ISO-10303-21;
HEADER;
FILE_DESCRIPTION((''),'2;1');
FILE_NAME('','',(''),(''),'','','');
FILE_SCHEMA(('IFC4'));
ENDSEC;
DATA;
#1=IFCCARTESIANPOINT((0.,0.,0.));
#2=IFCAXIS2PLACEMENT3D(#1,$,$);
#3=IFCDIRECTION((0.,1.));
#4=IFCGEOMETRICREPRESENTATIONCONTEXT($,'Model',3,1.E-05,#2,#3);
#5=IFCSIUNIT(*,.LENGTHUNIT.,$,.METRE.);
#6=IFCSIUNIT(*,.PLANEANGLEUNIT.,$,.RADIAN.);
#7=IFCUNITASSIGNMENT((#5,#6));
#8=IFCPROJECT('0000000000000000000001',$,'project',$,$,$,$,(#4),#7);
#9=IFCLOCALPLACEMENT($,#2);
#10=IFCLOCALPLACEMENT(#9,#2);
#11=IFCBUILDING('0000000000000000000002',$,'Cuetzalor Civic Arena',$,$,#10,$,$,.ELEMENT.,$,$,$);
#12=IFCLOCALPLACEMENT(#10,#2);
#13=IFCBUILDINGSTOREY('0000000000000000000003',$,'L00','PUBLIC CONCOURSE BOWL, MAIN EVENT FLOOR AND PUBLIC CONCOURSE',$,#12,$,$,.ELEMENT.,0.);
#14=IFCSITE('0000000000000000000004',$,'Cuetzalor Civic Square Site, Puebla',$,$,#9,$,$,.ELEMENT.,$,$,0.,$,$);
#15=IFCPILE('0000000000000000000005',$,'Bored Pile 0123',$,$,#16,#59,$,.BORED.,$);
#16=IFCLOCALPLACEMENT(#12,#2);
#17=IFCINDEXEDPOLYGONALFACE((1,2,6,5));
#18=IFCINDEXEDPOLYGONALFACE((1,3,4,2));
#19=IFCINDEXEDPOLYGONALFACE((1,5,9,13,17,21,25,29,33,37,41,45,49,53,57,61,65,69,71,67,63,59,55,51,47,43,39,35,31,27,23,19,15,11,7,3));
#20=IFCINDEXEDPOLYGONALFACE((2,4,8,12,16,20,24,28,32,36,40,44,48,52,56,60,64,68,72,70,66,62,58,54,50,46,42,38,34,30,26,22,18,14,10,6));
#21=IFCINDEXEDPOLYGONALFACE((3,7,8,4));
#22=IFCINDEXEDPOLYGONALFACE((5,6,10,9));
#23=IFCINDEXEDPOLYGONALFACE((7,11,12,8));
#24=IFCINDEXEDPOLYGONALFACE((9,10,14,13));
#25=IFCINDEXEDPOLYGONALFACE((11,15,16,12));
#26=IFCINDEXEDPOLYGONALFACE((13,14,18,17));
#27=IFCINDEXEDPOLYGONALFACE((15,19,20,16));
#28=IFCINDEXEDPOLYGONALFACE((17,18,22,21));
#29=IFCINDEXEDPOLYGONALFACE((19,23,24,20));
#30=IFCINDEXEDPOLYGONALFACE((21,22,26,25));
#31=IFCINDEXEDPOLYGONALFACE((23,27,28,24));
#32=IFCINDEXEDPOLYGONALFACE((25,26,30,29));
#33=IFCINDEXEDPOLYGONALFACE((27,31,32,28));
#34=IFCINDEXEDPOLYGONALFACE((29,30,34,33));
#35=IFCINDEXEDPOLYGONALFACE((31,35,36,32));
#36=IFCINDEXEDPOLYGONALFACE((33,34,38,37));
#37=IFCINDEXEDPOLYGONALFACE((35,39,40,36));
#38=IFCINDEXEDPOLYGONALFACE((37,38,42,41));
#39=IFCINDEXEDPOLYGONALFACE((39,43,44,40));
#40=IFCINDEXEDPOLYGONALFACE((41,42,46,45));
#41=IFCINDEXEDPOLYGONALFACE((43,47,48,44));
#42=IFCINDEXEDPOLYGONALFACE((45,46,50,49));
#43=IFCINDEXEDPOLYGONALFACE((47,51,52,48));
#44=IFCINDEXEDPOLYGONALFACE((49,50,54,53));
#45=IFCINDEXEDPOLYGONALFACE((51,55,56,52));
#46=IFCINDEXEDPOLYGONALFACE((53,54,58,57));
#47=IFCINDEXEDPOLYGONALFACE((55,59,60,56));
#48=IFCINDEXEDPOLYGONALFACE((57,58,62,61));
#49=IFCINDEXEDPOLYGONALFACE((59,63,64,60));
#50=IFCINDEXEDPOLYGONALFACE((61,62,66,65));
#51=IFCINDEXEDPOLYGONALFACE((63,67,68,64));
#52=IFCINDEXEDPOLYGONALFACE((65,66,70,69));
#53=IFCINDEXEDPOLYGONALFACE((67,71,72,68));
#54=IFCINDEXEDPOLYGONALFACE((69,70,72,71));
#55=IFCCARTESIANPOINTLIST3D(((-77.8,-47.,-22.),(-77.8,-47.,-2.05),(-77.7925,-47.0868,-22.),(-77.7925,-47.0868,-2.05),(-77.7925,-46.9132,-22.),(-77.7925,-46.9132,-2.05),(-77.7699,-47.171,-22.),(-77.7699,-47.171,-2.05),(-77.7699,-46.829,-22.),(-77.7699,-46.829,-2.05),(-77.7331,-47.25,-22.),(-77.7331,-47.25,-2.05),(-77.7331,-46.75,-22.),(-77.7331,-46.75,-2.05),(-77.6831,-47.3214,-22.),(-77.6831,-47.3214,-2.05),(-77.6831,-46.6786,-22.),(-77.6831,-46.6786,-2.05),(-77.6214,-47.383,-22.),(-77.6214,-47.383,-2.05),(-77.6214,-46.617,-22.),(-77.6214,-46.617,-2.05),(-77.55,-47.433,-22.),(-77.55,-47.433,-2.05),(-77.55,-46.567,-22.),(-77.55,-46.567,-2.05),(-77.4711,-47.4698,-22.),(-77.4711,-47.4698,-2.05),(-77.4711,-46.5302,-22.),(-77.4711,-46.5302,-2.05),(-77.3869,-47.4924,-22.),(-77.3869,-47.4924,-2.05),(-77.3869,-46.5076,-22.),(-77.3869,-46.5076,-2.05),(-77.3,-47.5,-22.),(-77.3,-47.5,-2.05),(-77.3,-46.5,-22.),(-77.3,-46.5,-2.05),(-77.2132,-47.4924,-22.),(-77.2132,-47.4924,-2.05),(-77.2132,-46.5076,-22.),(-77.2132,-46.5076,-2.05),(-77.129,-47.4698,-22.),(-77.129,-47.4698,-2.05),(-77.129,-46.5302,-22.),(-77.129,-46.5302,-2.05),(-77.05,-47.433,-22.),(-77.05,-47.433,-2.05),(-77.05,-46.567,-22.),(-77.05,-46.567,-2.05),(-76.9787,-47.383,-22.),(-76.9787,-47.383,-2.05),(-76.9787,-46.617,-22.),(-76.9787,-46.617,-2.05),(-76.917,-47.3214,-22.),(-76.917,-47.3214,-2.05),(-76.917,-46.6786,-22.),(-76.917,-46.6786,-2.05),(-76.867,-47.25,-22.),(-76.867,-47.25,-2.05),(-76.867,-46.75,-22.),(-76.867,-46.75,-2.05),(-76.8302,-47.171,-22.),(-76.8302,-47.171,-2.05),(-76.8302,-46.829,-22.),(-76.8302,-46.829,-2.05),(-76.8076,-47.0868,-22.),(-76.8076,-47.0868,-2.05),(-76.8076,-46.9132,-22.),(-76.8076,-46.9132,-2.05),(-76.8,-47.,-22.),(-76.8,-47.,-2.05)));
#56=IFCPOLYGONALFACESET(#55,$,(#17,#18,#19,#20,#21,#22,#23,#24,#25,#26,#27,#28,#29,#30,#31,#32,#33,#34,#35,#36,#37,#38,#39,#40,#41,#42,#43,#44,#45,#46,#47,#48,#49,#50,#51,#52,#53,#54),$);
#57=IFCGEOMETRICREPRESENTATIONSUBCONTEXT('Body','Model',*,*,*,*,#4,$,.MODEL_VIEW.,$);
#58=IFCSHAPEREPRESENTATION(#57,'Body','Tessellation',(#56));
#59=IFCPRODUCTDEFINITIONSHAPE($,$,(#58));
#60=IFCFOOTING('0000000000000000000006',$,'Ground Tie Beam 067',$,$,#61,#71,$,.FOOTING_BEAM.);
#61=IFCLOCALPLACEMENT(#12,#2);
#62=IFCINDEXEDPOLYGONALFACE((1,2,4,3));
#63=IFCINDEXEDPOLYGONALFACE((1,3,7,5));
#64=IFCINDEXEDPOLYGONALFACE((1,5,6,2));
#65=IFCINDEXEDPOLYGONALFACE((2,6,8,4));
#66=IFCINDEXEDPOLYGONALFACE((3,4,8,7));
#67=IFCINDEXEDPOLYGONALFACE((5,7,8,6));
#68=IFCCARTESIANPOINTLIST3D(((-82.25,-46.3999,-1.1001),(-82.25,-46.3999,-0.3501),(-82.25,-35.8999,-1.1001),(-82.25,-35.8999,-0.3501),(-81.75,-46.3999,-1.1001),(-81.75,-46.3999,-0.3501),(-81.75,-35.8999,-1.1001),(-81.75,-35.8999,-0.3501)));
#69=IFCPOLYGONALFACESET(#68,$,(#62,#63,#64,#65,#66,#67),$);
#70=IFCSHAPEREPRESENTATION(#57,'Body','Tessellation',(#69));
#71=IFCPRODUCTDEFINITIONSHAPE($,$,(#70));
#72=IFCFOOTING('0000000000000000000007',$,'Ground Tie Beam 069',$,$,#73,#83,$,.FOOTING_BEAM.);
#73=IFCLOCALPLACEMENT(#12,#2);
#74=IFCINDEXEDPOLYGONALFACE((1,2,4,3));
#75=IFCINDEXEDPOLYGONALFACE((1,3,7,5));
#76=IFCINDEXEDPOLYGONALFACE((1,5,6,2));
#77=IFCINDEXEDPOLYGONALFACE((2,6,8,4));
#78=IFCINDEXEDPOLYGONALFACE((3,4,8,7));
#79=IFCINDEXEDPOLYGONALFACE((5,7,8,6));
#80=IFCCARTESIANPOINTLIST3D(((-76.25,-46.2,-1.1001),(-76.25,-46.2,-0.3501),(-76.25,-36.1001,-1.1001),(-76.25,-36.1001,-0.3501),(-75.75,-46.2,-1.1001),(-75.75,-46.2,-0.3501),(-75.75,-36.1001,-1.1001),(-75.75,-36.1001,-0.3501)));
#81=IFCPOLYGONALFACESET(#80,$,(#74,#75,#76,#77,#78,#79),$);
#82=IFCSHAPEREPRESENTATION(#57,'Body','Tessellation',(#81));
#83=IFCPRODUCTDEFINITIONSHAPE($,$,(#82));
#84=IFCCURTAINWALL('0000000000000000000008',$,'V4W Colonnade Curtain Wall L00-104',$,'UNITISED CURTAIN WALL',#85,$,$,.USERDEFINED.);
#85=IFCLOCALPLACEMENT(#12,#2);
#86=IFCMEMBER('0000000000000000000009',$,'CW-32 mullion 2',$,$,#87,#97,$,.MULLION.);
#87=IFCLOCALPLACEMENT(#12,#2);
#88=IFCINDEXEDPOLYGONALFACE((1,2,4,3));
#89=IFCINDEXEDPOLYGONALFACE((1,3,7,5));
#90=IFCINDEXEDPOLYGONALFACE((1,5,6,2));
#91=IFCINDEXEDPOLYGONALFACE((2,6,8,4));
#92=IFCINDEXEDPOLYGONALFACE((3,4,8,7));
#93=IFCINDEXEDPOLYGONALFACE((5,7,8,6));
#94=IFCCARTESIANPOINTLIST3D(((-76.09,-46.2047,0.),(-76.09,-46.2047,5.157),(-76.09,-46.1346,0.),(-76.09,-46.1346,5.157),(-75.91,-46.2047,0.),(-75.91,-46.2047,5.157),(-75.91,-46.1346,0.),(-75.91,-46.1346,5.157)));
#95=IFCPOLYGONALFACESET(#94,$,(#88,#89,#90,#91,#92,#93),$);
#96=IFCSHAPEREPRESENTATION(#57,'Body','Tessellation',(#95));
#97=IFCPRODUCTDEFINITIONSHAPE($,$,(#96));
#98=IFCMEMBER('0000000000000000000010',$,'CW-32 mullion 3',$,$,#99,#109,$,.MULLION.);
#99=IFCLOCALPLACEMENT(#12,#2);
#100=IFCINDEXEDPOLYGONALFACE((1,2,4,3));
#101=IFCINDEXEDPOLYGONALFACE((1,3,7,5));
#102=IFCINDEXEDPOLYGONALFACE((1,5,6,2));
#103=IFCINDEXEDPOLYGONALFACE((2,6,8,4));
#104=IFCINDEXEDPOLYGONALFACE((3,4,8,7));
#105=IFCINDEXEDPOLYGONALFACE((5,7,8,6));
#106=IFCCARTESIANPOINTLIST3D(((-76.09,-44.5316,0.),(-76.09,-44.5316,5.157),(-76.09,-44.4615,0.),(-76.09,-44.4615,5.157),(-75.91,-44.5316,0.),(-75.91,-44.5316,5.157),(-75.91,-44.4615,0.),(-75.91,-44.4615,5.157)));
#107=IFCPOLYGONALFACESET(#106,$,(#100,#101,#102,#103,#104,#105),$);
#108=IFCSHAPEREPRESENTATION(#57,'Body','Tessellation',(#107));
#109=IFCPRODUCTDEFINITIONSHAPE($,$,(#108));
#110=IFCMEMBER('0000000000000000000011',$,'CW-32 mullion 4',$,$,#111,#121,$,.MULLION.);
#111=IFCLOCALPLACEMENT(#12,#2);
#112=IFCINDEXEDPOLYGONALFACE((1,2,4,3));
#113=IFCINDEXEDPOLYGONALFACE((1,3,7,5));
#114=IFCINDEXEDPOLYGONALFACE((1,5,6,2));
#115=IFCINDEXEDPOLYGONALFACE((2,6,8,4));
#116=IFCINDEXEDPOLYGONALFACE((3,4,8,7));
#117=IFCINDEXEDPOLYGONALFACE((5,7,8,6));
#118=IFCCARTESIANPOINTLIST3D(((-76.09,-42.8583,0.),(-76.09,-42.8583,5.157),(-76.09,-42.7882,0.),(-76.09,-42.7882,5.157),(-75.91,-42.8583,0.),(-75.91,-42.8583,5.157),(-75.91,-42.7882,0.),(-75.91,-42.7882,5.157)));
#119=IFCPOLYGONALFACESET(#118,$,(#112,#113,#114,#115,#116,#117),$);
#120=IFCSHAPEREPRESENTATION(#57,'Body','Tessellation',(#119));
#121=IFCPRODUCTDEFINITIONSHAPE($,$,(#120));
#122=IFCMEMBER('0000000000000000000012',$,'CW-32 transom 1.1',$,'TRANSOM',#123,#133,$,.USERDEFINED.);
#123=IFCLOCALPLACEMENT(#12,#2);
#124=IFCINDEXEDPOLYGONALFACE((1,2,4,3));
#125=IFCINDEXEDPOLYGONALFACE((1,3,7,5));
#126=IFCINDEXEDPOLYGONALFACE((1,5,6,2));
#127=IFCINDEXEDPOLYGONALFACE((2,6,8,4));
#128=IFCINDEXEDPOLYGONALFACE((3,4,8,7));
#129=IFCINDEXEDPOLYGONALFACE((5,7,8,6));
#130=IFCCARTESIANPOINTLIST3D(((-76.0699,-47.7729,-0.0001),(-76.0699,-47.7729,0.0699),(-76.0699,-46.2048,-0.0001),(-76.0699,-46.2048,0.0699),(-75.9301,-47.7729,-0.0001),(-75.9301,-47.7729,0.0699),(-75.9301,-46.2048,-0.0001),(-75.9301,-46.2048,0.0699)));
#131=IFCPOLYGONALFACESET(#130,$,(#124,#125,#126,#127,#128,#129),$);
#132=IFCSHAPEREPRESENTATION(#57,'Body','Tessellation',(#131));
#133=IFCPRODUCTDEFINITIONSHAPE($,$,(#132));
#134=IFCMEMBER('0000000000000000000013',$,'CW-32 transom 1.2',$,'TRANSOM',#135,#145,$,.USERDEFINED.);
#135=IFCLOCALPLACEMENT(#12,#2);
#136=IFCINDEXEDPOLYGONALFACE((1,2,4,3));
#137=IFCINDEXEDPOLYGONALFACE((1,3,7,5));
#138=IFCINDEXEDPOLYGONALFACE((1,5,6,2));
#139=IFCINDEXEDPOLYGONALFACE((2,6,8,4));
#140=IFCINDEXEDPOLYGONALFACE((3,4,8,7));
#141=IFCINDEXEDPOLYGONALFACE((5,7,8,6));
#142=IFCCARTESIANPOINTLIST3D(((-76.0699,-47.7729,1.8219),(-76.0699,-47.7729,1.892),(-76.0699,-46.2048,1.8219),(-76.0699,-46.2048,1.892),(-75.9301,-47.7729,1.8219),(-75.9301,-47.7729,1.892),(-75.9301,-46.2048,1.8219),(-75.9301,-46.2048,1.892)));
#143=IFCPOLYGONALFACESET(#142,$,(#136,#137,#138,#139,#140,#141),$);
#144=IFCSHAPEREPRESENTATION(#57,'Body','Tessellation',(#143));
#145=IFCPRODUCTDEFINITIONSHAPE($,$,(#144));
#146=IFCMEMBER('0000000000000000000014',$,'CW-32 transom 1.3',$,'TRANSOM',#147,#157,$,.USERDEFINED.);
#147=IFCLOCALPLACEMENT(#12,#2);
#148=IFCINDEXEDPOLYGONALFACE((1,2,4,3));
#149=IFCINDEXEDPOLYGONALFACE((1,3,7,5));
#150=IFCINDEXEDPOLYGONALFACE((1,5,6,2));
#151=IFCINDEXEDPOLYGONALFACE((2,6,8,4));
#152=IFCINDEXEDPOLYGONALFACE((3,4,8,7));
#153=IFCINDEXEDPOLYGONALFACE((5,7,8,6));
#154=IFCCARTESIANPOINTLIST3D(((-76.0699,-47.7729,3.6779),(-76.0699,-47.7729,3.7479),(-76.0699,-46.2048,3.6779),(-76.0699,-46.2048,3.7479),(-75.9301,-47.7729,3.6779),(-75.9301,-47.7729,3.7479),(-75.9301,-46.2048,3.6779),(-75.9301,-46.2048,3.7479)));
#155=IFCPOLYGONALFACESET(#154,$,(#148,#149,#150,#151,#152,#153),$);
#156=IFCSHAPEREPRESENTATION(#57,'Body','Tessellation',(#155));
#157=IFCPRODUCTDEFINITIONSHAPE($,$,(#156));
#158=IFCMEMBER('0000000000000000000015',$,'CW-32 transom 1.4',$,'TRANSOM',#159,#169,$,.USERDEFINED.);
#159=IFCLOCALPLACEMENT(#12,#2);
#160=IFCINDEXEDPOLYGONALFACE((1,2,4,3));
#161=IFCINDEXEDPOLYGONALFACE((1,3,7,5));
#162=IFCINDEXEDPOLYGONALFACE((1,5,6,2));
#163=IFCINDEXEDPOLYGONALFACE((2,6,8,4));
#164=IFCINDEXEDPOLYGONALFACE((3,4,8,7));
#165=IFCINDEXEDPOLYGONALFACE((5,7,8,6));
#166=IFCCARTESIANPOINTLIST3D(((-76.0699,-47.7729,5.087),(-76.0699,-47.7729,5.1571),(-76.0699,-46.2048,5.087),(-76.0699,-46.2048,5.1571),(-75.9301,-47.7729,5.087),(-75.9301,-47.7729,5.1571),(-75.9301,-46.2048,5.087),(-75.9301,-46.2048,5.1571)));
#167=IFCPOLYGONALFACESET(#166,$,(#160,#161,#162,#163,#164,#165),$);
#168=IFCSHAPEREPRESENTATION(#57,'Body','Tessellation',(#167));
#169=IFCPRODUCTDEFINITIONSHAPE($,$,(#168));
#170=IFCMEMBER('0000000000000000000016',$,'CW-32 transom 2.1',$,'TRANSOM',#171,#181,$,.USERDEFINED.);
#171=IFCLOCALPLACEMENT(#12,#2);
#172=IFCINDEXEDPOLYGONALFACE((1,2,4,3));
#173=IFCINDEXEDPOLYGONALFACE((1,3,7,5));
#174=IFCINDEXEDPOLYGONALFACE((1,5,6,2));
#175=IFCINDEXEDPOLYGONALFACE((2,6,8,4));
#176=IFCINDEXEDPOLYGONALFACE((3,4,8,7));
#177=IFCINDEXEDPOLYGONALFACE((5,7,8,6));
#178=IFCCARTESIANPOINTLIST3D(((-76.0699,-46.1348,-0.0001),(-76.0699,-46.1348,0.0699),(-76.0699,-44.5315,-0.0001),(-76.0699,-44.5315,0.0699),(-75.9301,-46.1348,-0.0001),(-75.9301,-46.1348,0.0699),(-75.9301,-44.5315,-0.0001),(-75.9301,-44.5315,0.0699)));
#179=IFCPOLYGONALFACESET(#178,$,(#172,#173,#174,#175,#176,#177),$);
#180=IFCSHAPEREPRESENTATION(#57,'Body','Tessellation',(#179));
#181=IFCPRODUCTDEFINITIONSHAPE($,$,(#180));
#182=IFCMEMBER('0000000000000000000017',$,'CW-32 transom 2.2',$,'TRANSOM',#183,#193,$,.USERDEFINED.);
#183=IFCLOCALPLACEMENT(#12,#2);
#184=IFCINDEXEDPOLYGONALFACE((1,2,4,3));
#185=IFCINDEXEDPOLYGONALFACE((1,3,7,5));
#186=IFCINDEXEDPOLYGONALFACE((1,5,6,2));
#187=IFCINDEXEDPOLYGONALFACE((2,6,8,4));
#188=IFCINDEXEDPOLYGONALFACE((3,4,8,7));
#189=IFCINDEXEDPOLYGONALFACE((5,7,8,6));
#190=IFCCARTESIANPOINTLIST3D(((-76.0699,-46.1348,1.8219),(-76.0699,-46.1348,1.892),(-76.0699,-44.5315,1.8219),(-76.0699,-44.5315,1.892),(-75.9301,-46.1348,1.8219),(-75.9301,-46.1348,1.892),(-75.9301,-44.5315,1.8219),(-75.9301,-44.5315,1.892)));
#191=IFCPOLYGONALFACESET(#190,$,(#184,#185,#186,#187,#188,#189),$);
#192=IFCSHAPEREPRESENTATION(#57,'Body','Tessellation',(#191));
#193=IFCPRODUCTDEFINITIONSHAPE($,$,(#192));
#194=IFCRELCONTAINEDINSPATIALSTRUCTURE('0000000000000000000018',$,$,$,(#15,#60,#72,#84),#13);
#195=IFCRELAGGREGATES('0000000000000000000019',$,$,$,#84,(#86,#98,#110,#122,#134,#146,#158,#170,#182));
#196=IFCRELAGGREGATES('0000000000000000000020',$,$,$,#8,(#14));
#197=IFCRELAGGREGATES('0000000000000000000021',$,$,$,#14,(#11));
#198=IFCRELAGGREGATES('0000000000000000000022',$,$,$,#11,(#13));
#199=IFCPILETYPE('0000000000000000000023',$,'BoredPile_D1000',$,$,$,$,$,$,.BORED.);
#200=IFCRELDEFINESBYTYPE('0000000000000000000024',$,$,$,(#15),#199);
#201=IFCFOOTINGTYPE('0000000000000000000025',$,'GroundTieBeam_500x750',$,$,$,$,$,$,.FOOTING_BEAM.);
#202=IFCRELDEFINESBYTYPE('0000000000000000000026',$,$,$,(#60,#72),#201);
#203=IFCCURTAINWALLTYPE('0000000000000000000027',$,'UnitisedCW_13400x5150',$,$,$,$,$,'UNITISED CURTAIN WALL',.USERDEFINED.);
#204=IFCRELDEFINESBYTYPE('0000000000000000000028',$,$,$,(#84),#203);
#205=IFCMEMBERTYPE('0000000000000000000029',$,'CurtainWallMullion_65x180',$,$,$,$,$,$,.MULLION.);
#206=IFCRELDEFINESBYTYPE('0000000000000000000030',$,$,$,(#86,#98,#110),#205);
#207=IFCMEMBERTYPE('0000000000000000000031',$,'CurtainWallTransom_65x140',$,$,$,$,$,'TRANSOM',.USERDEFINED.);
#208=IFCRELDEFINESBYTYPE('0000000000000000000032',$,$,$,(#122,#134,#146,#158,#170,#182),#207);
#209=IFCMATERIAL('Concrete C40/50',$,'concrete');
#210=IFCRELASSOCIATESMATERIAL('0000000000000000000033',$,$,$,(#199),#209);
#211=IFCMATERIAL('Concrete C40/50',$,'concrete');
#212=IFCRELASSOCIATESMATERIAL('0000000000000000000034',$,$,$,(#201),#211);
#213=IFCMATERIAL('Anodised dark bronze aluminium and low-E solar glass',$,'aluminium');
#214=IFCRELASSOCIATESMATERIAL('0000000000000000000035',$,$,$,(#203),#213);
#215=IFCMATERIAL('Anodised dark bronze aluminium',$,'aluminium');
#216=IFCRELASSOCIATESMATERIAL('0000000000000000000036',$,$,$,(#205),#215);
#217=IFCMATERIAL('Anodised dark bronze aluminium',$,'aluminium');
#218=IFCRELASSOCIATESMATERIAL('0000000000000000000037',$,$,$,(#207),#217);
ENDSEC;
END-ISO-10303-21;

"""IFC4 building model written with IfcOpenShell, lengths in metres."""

from ifc_helpers import new_model, si_unit, direction, frame, origin, origin_2d, place, context, subcontext, project, spatial, rectangle, circle, extrude, material, material_profile, profile_set, type_object, element, aggregate, save


model = new_model("IFC4")

# Units and contexts
model_context = context("Model", 3, precision=1e-05, world=origin(), true_north=direction((0.0, 1.0)))
body_context = subcontext(model_context, "Body", "Model", "MODEL_VIEW")
ifc_project = project(units=[si_unit("LENGTHUNIT", "METRE"), si_unit("PLANEANGLEUNIT", "RADIAN")], contexts=[model_context])

# Site, building, storey
site_placement = place(None, origin())
site = spatial("IfcSite", under=ifc_project, at=site_placement, Name="Cuetzalor Civic Square Site, Puebla", CompositionType="ELEMENT", RefElevation=0.0)
building_placement = place(site_placement, origin())
building = spatial("IfcBuilding", under=site, at=building_placement, Name="Cuetzalor Civic Arena", CompositionType="ELEMENT")
storey_placement = place(building_placement, origin())
storey = spatial("IfcBuildingStorey", under=building, at=storey_placement, Name="L00", Description="PUBLIC CONCOURSE BOWL, MAIN EVENT FLOOR AND PUBLIC CONCOURSE", CompositionType="ELEMENT", Elevation=0.0)

# Pile
ifc_material_1 = material(Name="Concrete C40/50", Category="concrete")
ifc_material_profile_1 = material_profile(ifc_material_1, circle(Radius=0.5, at=origin_2d()), Name="BORED PILE D1000")
ifc_profile_set_1 = profile_set([ifc_material_profile_1], Name="Concrete C40/50")
pile_type = type_object("IfcPileType", Name="BoredPile_D1000", PredefinedType="BORED", material=ifc_profile_set_1)
pile_placement = place(storey_placement, frame((-77.3, -47.0, -2.05), z_axis=(0.0, 0.0, -1.0), x_axis=(1.0, 0.0, 0.0)))
element("IfcPile", 1, at=pile_placement, inside=storey, type_object=pile_type, Name="Bored Pile 0123", PredefinedType="BORED", context=body_context, shape_type="SweptSolid", body=[
    extrude(circle(Radius=0.5, at=origin_2d()), origin(), (0.0, 0.0, 1.0), 19.95),
])

# Footings
ifc_material_2 = material(Name="Concrete C40/50", Category="concrete")
ifc_material_profile_2 = material_profile(ifc_material_2, rectangle(XDim=0.5, YDim=0.75, at=origin_2d()), Name="RC 500x750")
ifc_profile_set_2 = profile_set([ifc_material_profile_2], Name="Concrete C40/50")
footing_type = type_object("IfcFootingType", Name="GroundTieBeam_500x750", PredefinedType="FOOTING_BEAM", material=ifc_profile_set_2)
footing_1_placement = place(storey_placement, frame((-82.0, -46.3999, -0.7251), z_axis=(0.0, 1.0, 0.0), x_axis=(-1.0, 0.0, 0.0)))
element("IfcFooting", 2, at=footing_1_placement, inside=storey, type_object=footing_type, Name="Ground Tie Beam 067", PredefinedType="FOOTING_BEAM", context=body_context, shape_type="SweptSolid", body=[
    extrude(rectangle(XDim=0.5, YDim=0.75, at=origin_2d()), origin(), (0.0, 0.0, 1.0), 10.5),
])
footing_2_placement = place(storey_placement, frame((-76.0, -46.2, -0.7251), z_axis=(0.0, 1.0, 0.0), x_axis=(-1.0, 0.0, 0.0)))
element("IfcFooting", 3, at=footing_2_placement, inside=storey, type_object=footing_type, Name="Ground Tie Beam 069", PredefinedType="FOOTING_BEAM", context=body_context, shape_type="SweptSolid", body=[
    extrude(rectangle(XDim=0.5, YDim=0.75, at=origin_2d()), origin(), (0.0, 0.0, 1.0), 10.0999),
])

# Curtain wall, members
ifc_material_3 = material(Name="Anodised dark bronze aluminium and low-E solar glass", Category="aluminium")
curtain_wall_type = type_object("IfcCurtainWallType", Name="UnitisedCW_13400x5150", ElementType="UNITISED CURTAIN WALL", PredefinedType="USERDEFINED", material=ifc_material_3)
curtain_wall_placement = place(storey_placement, origin())
curtain_wall = element("IfcCurtainWall", 4, at=curtain_wall_placement, inside=storey, type_object=curtain_wall_type, Name="V4W Colonnade Curtain Wall L00-104", ObjectType="UNITISED CURTAIN WALL", PredefinedType="USERDEFINED")
ifc_material_4 = material(Name="Anodised dark bronze aluminium", Category="aluminium")
ifc_material_profile_3 = material_profile(ifc_material_4, rectangle(XDim=0.0701, YDim=0.1799, at=origin_2d()), Name="ALU MULLION 70x180")
ifc_profile_set_3 = profile_set([ifc_material_profile_3], Name="Anodised dark bronze aluminium")
member_type_1 = type_object("IfcMemberType", Name="CurtainWallMullion_65x180", PredefinedType="MULLION", material=ifc_profile_set_3)
member_1_placement = place(storey_placement, frame((-76.0, -46.1697, 0.0), z_axis=(0.0, 0.0, 1.0), x_axis=(0.0, 1.0, 0.0)))
member_1 = element("IfcMember", 5, at=member_1_placement, type_object=member_type_1, Name="CW-32 mullion 2", PredefinedType="MULLION", context=body_context, shape_type="SweptSolid", body=[
    extrude(rectangle(XDim=0.0701, YDim=0.1799, at=origin_2d()), origin(), (0.0, 0.0, 1.0), 5.157),
])
member_2_placement = place(storey_placement, frame((-76.0, -44.4966, 0.0), z_axis=(0.0, 0.0, 1.0), x_axis=(0.0, 1.0, 0.0)))
member_2 = element("IfcMember", 6, at=member_2_placement, type_object=member_type_1, Name="CW-32 mullion 3", PredefinedType="MULLION", context=body_context, shape_type="SweptSolid", body=[
    extrude(rectangle(XDim=0.0701, YDim=0.1799, at=origin_2d()), origin(), (0.0, 0.0, 1.0), 5.157),
])
member_3_placement = place(storey_placement, frame((-76.0, -42.8232, 0.0), z_axis=(0.0, 0.0, 1.0), x_axis=(0.0, 1.0, 0.0)))
member_3 = element("IfcMember", 7, at=member_3_placement, type_object=member_type_1, Name="CW-32 mullion 4", PredefinedType="MULLION", context=body_context, shape_type="SweptSolid", body=[
    extrude(rectangle(XDim=0.0701, YDim=0.1799, at=origin_2d()), origin(), (0.0, 0.0, 1.0), 5.157),
])
ifc_material_5 = material(Name="Anodised dark bronze aluminium", Category="aluminium")
ifc_material_profile_4 = material_profile(ifc_material_5, rectangle(XDim=0.1399, YDim=0.0701, at=origin_2d()), Name="ALU TRANSOM 70x140")
ifc_profile_set_4 = profile_set([ifc_material_profile_4], Name="Anodised dark bronze aluminium")
member_type_2 = type_object("IfcMemberType", Name="CurtainWallTransom_65x140", ElementType="TRANSOM", PredefinedType="USERDEFINED", material=ifc_profile_set_4)
member_4_placement = place(storey_placement, frame((-76.0, -47.7729, 0.0349), z_axis=(0.0, 1.0, 0.0), x_axis=(-1.0, 0.0, 0.0)))
member_4 = element("IfcMember", 8, at=member_4_placement, type_object=member_type_2, Name="CW-32 transom 1.1", ObjectType="TRANSOM", PredefinedType="USERDEFINED", context=body_context, shape_type="SweptSolid", body=[
    extrude(rectangle(XDim=0.1399, YDim=0.0701, at=origin_2d()), origin(), (0.0, 0.0, 1.0), 1.5681),
])
member_5_placement = place(storey_placement, frame((-76.0, -47.7729, 1.8569), z_axis=(0.0, 1.0, 0.0), x_axis=(-1.0, 0.0, 0.0)))
member_5 = element("IfcMember", 9, at=member_5_placement, type_object=member_type_2, Name="CW-32 transom 1.2", ObjectType="TRANSOM", PredefinedType="USERDEFINED", context=body_context, shape_type="SweptSolid", body=[
    extrude(rectangle(XDim=0.1399, YDim=0.0701, at=origin_2d()), origin(), (0.0, 0.0, 1.0), 1.5681),
])
member_6_placement = place(storey_placement, frame((-76.0, -47.7729, 3.7129), z_axis=(0.0, 1.0, 0.0), x_axis=(-1.0, 0.0, 0.0)))
member_6 = element("IfcMember", 10, at=member_6_placement, type_object=member_type_2, Name="CW-32 transom 1.3", ObjectType="TRANSOM", PredefinedType="USERDEFINED", context=body_context, shape_type="SweptSolid", body=[
    extrude(rectangle(XDim=0.1399, YDim=0.0701, at=origin_2d()), origin(), (0.0, 0.0, 1.0), 1.5681),
])
member_7_placement = place(storey_placement, frame((-76.0, -47.7729, 5.1221), z_axis=(0.0, 1.0, 0.0), x_axis=(-1.0, 0.0, 0.0)))
member_7 = element("IfcMember", 11, at=member_7_placement, type_object=member_type_2, Name="CW-32 transom 1.4", ObjectType="TRANSOM", PredefinedType="USERDEFINED", context=body_context, shape_type="SweptSolid", body=[
    extrude(rectangle(XDim=0.1399, YDim=0.0701, at=origin_2d()), origin(), (0.0, 0.0, 1.0), 1.5681),
])
member_8_placement = place(storey_placement, frame((-76.0, -46.1348, 0.0349), z_axis=(0.0, 1.0, 0.0), x_axis=(-1.0, 0.0, 0.0)))
member_8 = element("IfcMember", 12, at=member_8_placement, type_object=member_type_2, Name="CW-32 transom 2.1", ObjectType="TRANSOM", PredefinedType="USERDEFINED", context=body_context, shape_type="SweptSolid", body=[
    extrude(rectangle(XDim=0.1399, YDim=0.0701, at=origin_2d()), origin(), (0.0, 0.0, 1.0), 1.6033),
])
member_9_placement = place(storey_placement, frame((-76.0, -46.1348, 1.8569), z_axis=(0.0, 1.0, 0.0), x_axis=(-1.0, 0.0, 0.0)))
member_9 = element("IfcMember", 13, at=member_9_placement, type_object=member_type_2, Name="CW-32 transom 2.2", ObjectType="TRANSOM", PredefinedType="USERDEFINED", context=body_context, shape_type="SweptSolid", body=[
    extrude(rectangle(XDim=0.1399, YDim=0.0701, at=origin_2d()), origin(), (0.0, 0.0, 1.0), 1.6033),
])
aggregate(curtain_wall, [member_1, member_2, member_3, member_4, member_5, member_6, member_7, member_8, member_9])

save(model, "model.ifc")
